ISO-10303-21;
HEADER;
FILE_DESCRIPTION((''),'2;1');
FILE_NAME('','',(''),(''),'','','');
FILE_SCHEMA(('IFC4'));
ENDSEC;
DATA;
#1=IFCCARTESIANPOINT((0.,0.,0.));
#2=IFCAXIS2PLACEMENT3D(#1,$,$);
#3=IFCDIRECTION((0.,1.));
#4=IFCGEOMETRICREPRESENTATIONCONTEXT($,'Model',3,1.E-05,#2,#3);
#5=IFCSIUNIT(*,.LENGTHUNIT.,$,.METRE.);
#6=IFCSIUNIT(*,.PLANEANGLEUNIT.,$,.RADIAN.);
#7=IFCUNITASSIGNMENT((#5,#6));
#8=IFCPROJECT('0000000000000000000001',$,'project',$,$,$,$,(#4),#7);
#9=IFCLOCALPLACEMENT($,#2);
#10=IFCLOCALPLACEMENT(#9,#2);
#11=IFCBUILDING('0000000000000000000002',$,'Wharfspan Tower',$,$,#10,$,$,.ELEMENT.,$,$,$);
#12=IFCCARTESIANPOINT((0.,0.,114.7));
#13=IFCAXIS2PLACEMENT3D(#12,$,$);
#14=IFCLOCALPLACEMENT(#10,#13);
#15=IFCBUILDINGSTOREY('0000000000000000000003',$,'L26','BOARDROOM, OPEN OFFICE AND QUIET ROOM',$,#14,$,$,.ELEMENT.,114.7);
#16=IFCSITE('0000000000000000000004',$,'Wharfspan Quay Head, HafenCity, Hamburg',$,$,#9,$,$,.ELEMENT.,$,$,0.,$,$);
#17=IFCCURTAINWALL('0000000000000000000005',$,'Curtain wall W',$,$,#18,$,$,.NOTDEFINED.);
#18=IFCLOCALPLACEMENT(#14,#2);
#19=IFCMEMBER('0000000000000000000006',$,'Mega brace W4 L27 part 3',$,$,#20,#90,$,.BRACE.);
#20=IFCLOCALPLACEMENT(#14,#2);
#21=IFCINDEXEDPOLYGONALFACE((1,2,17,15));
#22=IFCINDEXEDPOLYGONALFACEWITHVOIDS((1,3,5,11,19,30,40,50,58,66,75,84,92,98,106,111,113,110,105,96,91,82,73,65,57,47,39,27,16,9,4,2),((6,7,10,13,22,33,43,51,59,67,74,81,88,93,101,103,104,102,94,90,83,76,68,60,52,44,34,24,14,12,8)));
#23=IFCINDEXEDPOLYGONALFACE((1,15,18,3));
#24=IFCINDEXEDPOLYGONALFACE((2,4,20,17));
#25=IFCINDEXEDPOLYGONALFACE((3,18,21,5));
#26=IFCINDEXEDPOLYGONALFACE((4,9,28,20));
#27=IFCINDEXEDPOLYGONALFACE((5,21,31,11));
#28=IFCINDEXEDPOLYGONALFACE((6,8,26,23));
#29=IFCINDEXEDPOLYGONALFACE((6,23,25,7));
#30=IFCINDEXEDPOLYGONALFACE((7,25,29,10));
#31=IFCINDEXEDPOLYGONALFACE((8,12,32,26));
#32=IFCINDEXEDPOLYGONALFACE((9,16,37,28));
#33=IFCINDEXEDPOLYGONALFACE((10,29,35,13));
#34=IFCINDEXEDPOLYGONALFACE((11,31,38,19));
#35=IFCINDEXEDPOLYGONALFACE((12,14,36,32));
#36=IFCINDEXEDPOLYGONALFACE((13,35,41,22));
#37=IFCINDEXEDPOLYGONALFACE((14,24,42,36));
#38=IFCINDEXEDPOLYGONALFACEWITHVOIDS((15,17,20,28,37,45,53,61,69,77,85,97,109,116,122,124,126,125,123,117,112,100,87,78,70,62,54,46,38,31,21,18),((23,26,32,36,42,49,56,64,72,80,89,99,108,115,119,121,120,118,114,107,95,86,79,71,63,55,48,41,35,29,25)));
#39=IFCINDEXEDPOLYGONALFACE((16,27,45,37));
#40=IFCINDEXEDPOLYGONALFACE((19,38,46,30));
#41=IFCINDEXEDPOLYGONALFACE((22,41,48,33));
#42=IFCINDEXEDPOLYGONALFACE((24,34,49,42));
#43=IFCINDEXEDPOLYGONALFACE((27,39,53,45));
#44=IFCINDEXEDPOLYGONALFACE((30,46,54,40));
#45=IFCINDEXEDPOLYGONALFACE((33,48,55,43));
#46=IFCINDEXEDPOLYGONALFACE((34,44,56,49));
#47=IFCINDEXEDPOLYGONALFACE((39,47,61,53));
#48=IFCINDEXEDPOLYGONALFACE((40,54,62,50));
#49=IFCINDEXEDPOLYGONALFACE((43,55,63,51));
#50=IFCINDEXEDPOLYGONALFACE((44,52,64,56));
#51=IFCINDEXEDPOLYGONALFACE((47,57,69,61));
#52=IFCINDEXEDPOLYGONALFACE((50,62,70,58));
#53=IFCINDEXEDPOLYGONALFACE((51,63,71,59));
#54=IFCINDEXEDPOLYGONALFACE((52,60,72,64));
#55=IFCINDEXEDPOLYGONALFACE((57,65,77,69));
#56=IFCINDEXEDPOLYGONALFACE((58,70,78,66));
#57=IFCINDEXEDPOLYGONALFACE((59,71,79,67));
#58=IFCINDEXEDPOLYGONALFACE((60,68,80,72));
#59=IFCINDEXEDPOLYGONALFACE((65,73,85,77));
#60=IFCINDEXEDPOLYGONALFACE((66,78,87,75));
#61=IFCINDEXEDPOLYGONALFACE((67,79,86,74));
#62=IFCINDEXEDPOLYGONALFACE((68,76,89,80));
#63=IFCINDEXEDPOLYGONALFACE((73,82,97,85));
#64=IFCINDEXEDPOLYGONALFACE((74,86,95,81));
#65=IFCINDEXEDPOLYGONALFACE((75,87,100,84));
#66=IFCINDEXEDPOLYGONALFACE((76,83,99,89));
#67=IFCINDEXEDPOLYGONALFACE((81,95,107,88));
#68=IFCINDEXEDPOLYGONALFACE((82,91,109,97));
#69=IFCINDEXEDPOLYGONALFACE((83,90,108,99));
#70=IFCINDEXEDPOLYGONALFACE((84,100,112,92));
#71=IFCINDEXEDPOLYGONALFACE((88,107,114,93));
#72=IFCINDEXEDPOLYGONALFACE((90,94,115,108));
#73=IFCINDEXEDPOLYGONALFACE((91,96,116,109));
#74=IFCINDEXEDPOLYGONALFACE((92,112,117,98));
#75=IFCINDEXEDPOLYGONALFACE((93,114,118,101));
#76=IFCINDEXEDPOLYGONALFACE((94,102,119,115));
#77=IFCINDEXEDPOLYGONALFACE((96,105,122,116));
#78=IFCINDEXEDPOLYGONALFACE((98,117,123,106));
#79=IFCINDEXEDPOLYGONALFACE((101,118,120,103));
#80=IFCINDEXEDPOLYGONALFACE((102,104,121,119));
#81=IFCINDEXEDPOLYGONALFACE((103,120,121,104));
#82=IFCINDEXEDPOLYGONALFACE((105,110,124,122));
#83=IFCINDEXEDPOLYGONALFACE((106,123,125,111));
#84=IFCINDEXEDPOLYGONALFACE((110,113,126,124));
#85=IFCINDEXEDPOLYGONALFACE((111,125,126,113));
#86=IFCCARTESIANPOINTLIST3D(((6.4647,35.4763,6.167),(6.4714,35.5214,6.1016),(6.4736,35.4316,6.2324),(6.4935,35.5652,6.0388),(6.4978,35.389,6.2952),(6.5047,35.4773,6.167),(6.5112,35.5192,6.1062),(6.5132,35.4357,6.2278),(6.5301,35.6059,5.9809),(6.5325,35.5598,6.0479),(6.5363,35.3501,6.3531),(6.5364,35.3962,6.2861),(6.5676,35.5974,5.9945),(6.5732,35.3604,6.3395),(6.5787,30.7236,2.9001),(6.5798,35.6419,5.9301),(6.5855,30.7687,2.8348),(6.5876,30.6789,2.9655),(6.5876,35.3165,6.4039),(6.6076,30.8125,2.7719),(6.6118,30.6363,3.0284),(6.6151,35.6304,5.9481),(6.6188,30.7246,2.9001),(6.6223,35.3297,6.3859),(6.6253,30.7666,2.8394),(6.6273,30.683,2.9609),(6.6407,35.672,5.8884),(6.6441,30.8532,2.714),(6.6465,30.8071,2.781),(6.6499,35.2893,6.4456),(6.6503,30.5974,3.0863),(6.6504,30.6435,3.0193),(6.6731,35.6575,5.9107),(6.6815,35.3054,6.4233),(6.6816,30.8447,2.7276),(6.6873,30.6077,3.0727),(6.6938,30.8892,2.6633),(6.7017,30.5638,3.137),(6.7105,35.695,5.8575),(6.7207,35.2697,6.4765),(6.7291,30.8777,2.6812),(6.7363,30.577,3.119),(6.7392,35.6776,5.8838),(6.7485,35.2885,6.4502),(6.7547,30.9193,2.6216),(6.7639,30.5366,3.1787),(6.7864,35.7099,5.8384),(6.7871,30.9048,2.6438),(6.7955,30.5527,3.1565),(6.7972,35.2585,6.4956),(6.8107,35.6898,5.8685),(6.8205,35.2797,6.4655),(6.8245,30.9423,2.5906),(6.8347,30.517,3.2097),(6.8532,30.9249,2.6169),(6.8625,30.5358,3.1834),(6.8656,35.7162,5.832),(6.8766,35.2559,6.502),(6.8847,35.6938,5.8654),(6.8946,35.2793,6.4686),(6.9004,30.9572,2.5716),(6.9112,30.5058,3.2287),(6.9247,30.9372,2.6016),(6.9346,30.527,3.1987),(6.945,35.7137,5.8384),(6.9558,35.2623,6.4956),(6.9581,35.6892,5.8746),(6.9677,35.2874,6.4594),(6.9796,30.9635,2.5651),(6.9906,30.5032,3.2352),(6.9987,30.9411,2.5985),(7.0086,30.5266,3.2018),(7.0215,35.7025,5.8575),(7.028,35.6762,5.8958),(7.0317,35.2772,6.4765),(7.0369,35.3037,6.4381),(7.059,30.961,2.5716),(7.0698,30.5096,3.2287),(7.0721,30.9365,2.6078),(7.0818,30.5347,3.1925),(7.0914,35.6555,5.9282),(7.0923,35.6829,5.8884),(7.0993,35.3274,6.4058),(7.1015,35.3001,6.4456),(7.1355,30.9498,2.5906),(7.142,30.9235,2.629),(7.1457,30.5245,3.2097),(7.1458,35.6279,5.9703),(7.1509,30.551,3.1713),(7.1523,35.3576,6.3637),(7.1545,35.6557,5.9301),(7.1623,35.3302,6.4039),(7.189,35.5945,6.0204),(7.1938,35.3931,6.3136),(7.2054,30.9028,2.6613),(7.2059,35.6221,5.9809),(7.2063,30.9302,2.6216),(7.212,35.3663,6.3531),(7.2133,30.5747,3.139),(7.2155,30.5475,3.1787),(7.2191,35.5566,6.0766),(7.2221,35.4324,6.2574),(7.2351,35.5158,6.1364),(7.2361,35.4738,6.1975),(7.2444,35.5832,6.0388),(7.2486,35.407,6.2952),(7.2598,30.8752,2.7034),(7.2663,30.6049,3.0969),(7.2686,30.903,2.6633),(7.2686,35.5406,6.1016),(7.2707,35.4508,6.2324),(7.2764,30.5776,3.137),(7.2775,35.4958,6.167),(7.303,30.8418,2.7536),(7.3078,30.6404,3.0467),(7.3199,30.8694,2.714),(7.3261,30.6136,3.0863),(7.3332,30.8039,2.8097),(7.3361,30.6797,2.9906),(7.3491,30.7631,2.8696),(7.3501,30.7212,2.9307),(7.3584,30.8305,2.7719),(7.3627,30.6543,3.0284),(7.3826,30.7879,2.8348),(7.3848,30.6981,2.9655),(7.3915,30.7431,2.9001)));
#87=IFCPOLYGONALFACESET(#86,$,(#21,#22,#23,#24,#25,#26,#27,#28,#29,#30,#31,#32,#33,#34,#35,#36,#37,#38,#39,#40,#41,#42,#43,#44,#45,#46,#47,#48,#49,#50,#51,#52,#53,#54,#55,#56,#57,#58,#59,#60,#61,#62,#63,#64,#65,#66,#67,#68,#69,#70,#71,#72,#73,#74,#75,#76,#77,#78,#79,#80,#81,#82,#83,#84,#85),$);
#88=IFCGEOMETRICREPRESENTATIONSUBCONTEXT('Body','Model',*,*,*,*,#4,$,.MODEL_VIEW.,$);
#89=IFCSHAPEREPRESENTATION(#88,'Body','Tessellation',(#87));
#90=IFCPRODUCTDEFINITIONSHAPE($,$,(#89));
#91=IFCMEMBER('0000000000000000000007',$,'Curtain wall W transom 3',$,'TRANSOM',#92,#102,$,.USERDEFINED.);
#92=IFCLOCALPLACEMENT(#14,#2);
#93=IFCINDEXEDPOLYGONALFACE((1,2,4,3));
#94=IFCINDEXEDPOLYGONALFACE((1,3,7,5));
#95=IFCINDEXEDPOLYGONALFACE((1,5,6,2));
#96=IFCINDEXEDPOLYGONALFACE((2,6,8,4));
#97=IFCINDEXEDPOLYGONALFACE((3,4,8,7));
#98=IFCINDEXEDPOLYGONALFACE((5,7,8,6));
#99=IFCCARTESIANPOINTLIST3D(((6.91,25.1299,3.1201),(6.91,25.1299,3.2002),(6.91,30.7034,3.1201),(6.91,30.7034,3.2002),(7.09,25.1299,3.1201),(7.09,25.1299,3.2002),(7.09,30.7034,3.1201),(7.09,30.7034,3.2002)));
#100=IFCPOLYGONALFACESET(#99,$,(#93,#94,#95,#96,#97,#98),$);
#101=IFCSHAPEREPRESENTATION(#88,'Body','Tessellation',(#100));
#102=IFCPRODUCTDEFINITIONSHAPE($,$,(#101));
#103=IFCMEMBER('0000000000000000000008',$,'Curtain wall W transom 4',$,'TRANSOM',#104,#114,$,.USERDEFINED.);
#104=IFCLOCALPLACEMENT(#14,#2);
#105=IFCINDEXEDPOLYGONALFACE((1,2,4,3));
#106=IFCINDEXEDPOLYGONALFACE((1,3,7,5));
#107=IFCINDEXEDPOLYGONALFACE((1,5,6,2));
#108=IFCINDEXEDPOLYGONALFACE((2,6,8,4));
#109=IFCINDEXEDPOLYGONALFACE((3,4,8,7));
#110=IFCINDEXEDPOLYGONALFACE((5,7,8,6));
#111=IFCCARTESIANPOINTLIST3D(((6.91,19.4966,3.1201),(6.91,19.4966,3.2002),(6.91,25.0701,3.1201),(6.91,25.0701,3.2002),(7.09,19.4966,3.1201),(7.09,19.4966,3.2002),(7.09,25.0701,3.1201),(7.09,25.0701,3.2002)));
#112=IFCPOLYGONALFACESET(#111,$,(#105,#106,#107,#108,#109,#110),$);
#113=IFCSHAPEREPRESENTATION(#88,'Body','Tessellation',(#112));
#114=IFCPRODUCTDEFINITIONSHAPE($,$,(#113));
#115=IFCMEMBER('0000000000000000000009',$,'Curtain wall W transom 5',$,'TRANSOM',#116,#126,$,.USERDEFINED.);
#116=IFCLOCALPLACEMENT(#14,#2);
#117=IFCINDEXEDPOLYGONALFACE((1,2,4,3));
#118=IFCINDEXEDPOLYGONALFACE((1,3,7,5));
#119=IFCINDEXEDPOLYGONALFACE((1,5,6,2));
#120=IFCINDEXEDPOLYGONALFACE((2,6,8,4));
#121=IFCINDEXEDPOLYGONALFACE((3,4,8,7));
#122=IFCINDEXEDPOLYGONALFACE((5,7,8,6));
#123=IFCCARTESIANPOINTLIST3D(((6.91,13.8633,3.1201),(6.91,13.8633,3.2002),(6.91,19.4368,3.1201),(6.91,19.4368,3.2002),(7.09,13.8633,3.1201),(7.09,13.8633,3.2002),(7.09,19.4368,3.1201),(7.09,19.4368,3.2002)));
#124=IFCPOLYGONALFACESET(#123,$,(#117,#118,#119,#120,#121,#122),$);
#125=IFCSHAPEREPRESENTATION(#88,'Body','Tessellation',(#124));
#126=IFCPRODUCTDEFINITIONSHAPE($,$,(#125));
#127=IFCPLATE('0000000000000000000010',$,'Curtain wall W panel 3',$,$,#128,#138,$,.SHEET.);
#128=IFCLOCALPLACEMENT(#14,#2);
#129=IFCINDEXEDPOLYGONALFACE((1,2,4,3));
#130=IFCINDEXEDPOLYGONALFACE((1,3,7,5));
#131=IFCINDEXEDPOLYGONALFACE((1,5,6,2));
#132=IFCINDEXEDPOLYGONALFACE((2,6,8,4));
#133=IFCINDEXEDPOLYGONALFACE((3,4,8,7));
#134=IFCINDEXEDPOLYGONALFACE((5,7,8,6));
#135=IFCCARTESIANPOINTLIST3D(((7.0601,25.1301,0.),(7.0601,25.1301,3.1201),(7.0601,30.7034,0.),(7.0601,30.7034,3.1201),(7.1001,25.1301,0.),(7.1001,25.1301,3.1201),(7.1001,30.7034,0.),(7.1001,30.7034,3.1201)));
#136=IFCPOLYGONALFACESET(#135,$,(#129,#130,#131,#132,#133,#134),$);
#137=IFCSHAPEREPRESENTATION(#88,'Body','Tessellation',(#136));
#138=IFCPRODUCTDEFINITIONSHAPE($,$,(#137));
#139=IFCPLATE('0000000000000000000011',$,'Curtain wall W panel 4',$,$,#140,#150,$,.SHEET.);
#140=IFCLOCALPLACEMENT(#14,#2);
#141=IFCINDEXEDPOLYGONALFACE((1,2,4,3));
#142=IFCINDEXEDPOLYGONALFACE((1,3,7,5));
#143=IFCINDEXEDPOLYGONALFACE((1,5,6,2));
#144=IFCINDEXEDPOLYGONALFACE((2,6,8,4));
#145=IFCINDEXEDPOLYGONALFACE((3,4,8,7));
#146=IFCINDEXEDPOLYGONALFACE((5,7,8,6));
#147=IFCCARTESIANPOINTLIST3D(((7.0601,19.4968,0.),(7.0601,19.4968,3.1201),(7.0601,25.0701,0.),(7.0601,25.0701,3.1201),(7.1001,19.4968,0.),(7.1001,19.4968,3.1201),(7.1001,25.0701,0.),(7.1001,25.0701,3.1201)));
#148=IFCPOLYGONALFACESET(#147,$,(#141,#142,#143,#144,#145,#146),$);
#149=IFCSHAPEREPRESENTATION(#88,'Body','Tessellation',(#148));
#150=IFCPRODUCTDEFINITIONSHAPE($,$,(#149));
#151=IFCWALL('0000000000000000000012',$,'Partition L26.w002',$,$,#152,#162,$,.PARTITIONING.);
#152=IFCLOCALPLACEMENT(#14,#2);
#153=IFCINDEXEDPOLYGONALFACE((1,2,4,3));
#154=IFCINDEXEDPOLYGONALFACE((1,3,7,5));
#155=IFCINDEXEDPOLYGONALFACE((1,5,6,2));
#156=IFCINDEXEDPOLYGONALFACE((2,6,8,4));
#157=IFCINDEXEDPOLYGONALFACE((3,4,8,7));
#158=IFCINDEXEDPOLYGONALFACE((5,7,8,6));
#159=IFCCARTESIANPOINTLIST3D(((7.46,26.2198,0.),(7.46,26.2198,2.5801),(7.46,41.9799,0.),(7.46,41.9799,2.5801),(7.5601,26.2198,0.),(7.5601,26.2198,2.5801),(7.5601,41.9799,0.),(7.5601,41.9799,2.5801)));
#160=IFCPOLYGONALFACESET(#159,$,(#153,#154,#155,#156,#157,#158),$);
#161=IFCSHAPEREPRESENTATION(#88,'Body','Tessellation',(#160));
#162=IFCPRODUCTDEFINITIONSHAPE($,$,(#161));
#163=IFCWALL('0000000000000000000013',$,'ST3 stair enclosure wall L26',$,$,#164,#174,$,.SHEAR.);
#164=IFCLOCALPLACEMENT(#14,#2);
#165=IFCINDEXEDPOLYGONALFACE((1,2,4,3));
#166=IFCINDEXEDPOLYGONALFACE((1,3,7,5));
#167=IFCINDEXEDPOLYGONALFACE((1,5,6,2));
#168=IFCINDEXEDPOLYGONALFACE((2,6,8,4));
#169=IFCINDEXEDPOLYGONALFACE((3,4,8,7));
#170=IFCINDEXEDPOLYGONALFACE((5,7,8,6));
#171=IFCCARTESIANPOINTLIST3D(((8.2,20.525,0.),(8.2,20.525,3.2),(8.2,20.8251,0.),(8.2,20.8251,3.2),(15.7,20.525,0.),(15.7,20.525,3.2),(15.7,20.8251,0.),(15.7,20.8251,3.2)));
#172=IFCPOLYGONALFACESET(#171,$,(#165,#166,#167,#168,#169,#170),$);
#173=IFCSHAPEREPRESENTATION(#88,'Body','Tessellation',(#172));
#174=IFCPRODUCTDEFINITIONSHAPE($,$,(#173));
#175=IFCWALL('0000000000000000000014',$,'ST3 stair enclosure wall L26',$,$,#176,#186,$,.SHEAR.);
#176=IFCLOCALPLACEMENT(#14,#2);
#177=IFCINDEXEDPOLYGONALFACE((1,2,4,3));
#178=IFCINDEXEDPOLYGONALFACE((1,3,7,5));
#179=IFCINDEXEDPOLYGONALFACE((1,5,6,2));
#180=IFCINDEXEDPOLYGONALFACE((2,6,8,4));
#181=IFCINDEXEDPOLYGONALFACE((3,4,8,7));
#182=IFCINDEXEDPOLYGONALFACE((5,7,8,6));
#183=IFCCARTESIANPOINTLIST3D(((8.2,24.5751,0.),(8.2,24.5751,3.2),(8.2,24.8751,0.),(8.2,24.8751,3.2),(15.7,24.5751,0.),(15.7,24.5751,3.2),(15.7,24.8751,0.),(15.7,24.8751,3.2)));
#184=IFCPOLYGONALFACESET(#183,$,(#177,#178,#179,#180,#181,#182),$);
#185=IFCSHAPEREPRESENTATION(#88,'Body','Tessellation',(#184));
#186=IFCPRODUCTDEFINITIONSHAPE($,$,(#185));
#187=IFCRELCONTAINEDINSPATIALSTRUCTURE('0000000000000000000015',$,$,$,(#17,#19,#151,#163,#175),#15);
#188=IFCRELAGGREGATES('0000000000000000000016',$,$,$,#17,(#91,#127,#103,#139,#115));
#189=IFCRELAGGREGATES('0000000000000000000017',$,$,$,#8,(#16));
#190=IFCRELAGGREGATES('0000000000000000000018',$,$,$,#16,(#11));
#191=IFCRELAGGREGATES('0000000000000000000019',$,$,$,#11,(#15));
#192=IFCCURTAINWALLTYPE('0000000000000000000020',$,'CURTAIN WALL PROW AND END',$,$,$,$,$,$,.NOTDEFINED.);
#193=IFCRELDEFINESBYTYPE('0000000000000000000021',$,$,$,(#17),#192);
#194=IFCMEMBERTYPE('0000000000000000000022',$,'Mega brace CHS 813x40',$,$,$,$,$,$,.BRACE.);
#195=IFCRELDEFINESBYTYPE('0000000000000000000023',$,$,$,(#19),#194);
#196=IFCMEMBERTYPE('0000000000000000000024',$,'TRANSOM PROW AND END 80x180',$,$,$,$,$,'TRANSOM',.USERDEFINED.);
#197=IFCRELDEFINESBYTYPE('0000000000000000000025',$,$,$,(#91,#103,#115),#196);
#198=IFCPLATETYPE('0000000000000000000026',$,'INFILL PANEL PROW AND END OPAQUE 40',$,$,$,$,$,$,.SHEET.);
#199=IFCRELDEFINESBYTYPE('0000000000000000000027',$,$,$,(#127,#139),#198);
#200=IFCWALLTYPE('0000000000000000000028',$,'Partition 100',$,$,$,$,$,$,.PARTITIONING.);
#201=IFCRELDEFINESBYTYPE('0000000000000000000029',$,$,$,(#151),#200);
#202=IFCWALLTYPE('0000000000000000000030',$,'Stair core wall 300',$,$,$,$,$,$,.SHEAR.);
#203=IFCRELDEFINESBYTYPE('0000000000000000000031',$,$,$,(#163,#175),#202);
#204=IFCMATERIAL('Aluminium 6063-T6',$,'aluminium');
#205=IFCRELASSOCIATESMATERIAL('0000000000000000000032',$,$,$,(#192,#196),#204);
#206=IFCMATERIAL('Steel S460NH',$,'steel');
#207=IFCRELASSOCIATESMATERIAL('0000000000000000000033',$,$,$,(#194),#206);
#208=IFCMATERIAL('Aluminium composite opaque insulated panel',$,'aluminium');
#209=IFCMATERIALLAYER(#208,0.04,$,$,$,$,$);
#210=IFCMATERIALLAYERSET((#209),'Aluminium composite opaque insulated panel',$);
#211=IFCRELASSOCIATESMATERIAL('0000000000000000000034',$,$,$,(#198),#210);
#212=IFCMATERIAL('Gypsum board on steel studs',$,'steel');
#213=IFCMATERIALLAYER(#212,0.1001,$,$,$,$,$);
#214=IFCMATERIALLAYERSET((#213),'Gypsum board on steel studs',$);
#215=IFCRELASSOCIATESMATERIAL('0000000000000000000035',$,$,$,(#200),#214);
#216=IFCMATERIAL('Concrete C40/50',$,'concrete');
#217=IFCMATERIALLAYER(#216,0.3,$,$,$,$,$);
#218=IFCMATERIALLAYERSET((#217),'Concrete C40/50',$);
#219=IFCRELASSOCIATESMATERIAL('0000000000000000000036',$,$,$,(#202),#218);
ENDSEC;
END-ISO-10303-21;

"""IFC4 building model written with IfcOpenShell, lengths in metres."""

from ifc_helpers import new_model, si_unit, direction, frame, frame_2d, origin, origin_2d, place, context, subcontext, project, spatial, rectangle, hollow_circle, extrude, material, layer, layer_set, material_profile, profile_set, type_object, element, aggregate, save


model = new_model("IFC4")

# Units and contexts
model_context = context("Model", 3, precision=1e-05, world=origin(), true_north=direction((0.0, 1.0)))
body_context = subcontext(model_context, "Body", "Model", "MODEL_VIEW")
ifc_project = project(units=[si_unit("LENGTHUNIT", "METRE"), si_unit("PLANEANGLEUNIT", "RADIAN")], contexts=[model_context])

# Site, building, storey
site_placement = place(None, origin())
site = spatial("IfcSite", under=ifc_project, at=site_placement, Name="Wharfspan Quay Head, HafenCity, Hamburg", CompositionType="ELEMENT", RefElevation=0.0)
building_placement = place(site_placement, origin())
building = spatial("IfcBuilding", under=site, at=building_placement, Name="Wharfspan Tower", CompositionType="ELEMENT")
storey_placement = place(building_placement, frame((0.0, 0.0, 114.7)))
storey = spatial("IfcBuildingStorey", under=building, at=storey_placement, Name="L26", Description="BOARDROOM, OPEN OFFICE AND QUIET ROOM", CompositionType="ELEMENT", Elevation=114.7)

# Curtain wall
ifc_material_1 = material(Name="Aluminium 6063-T6", Category="aluminium")
curtain_wall_type = type_object("IfcCurtainWallType", Name="CURTAIN WALL PROW AND END", PredefinedType="NOTDEFINED", material=ifc_material_1)
curtain_wall_placement = place(storey_placement, origin())
curtain_wall = element("IfcCurtainWall", 1, at=curtain_wall_placement, inside=storey, type_object=curtain_wall_type, Name="Curtain wall W", PredefinedType="NOTDEFINED")

# Member
ifc_material_2 = material(Name="Steel S460NH", Category="steel")
ifc_material_profile_1 = material_profile(ifc_material_2, hollow_circle(Radius=0.4065, WallThickness=0.04, at=origin_2d()))
ifc_profile_set_1 = profile_set([ifc_material_profile_1], Name="Steel S460NH")
member_type_1 = type_object("IfcMemberType", Name="Mega brace CHS 813x40", PredefinedType="BRACE", material=ifc_profile_set_1)
member_1_placement = place(storey_placement, frame((6.9851, 30.7334, 2.9001), z_axis=(-0.019766, 0.823932, 0.566344), x_axis=(-0.999712, -0.023985, 0.000003)))
element("IfcMember", 2, at=member_1_placement, inside=storey, type_object=member_type_1, Name="Mega brace W4 L27 part 3", PredefinedType="BRACE", context=body_context, shape_type="SweptSolid", body=[
    extrude(hollow_circle(Radius=0.4065, WallThickness=0.04, at=origin_2d()), origin(), (0.0, 0.0, 1.0), 5.7683),
])

# Members
ifc_material_profile_2 = material_profile(ifc_material_1, rectangle(XDim=0.1799, YDim=0.0801, at=origin_2d()))
ifc_profile_set_2 = profile_set([ifc_material_profile_2], Name="Aluminium 6063-T6")
member_type_2 = type_object("IfcMemberType", Name="TRANSOM PROW AND END 80x180", ElementType="TRANSOM", PredefinedType="USERDEFINED", material=ifc_profile_set_2)
member_2_placement = place(storey_placement, frame((7.0, 30.7034, 3.1602), z_axis=(0.0, -1.0, 0.0), x_axis=(1.0, 0.0, 0.0)))
member_2 = element("IfcMember", 3, at=member_2_placement, type_object=member_type_2, Name="Curtain wall W transom 3", ObjectType="TRANSOM", PredefinedType="USERDEFINED", context=body_context, shape_type="SweptSolid", body=[
    extrude(rectangle(XDim=0.1799, YDim=0.0801, at=origin_2d()), origin(), (0.0, 0.0, 1.0), 5.5735),
])
member_3_placement = place(storey_placement, frame((7.0, 25.0701, 3.1602), z_axis=(0.0, -1.0, 0.0), x_axis=(1.0, 0.0, 0.0)))
member_3 = element("IfcMember", 4, at=member_3_placement, type_object=member_type_2, Name="Curtain wall W transom 4", ObjectType="TRANSOM", PredefinedType="USERDEFINED", context=body_context, shape_type="SweptSolid", body=[
    extrude(rectangle(XDim=0.1799, YDim=0.0801, at=origin_2d()), origin(), (0.0, 0.0, 1.0), 5.5735),
])
member_4_placement = place(storey_placement, frame((7.0, 19.4368, 3.1602), z_axis=(0.0, -1.0, 0.0), x_axis=(1.0, 0.0, 0.0)))
member_4 = element("IfcMember", 5, at=member_4_placement, type_object=member_type_2, Name="Curtain wall W transom 5", ObjectType="TRANSOM", PredefinedType="USERDEFINED", context=body_context, shape_type="SweptSolid", body=[
    extrude(rectangle(XDim=0.1799, YDim=0.0801, at=origin_2d()), origin(), (0.0, 0.0, 1.0), 5.5735),
])

# Plates
ifc_material_3 = material(Name="Aluminium composite opaque insulated panel", Category="aluminium")
ifc_layer_1 = layer(ifc_material_3, 0.04)
ifc_layer_set_1 = layer_set([ifc_layer_1], Name="Aluminium composite opaque insulated panel")
plate_type = type_object("IfcPlateType", Name="INFILL PANEL PROW AND END OPAQUE 40", PredefinedType="SHEET", material=ifc_layer_set_1)
plate_1_placement = place(storey_placement, frame((7.0801, 27.9167, 0.0), z_axis=(0.0, 0.0, 1.0), x_axis=(0.0, -1.0, 0.0)))
plate_1 = element("IfcPlate", 6, at=plate_1_placement, type_object=plate_type, Name="Curtain wall W panel 3", PredefinedType="SHEET", context=body_context, shape_type="SweptSolid", body=[
    extrude(rectangle(XDim=5.5732, YDim=0.04, at=origin_2d()), origin(), (0.0, 0.0, 1.0), 3.1201),
])
plate_2_placement = place(storey_placement, frame((7.0801, 22.2834, 0.0), z_axis=(0.0, 0.0, 1.0), x_axis=(0.0, -1.0, 0.0)))
plate_2 = element("IfcPlate", 7, at=plate_2_placement, type_object=plate_type, Name="Curtain wall W panel 4", PredefinedType="SHEET", context=body_context, shape_type="SweptSolid", body=[
    extrude(rectangle(XDim=5.5732, YDim=0.04, at=origin_2d()), origin(), (0.0, 0.0, 1.0), 3.1201),
])
aggregate(curtain_wall, [member_2, plate_1, member_3, plate_2, member_4])

# Walls
ifc_material_4 = material(Name="Gypsum board on steel studs", Category="steel")
ifc_layer_2 = layer(ifc_material_4, 0.1001)
ifc_layer_set_2 = layer_set([ifc_layer_2], Name="Gypsum board on steel studs")
wall_type_1 = type_object("IfcWallType", Name="Partition 100", PredefinedType="PARTITIONING", material=ifc_layer_set_2)
wall_1_placement = place(storey_placement, frame((7.51, 26.22, 0.0), z_axis=(0.0, 0.0, 1.0), x_axis=(0.0, 1.0, 0.0)))
element("IfcWall", 8, at=wall_1_placement, inside=storey, type_object=wall_type_1, Name="Partition L26.w002", PredefinedType="PARTITIONING", context=body_context, shape_type="SweptSolid", body=[
    extrude(rectangle(XDim=15.76, YDim=0.1001, at=frame_2d((7.8799, 0.0))), origin(), (0.0, 0.0, 1.0), 2.5801),
])
ifc_material_5 = material(Name="Concrete C40/50", Category="concrete")
ifc_layer_3 = layer(ifc_material_5, 0.3)
ifc_layer_set_3 = layer_set([ifc_layer_3], Name="Concrete C40/50")
wall_type_2 = type_object("IfcWallType", Name="Stair core wall 300", PredefinedType="SHEAR", material=ifc_layer_set_3)
for number, where, z_axis, x_axis, name in (
    (9, (8.2, 20.675, 0.0), (0.0, 0.0, 1.0), (1.0, 0.0, 0.0), "ST3 stair enclosure wall L26"),
    (10, (8.2, 24.7251, 0.0), (0.0, 0.0, 1.0), (1.0, 0.0, 0.0), "ST3 stair enclosure wall L26"),
):
    element("IfcWall", number, at=place(storey_placement, frame(where, z_axis=z_axis, x_axis=x_axis)), inside=storey, type_object=wall_type_2, Name=name, PredefinedType="SHEAR", context=body_context, shape_type="SweptSolid", body=[
        extrude(rectangle(XDim=7.5, YDim=0.3, at=frame_2d((3.75, 0.0))), origin(), (0.0, 0.0, 1.0), 3.2),
    ])

save(model, "model.ifc")
